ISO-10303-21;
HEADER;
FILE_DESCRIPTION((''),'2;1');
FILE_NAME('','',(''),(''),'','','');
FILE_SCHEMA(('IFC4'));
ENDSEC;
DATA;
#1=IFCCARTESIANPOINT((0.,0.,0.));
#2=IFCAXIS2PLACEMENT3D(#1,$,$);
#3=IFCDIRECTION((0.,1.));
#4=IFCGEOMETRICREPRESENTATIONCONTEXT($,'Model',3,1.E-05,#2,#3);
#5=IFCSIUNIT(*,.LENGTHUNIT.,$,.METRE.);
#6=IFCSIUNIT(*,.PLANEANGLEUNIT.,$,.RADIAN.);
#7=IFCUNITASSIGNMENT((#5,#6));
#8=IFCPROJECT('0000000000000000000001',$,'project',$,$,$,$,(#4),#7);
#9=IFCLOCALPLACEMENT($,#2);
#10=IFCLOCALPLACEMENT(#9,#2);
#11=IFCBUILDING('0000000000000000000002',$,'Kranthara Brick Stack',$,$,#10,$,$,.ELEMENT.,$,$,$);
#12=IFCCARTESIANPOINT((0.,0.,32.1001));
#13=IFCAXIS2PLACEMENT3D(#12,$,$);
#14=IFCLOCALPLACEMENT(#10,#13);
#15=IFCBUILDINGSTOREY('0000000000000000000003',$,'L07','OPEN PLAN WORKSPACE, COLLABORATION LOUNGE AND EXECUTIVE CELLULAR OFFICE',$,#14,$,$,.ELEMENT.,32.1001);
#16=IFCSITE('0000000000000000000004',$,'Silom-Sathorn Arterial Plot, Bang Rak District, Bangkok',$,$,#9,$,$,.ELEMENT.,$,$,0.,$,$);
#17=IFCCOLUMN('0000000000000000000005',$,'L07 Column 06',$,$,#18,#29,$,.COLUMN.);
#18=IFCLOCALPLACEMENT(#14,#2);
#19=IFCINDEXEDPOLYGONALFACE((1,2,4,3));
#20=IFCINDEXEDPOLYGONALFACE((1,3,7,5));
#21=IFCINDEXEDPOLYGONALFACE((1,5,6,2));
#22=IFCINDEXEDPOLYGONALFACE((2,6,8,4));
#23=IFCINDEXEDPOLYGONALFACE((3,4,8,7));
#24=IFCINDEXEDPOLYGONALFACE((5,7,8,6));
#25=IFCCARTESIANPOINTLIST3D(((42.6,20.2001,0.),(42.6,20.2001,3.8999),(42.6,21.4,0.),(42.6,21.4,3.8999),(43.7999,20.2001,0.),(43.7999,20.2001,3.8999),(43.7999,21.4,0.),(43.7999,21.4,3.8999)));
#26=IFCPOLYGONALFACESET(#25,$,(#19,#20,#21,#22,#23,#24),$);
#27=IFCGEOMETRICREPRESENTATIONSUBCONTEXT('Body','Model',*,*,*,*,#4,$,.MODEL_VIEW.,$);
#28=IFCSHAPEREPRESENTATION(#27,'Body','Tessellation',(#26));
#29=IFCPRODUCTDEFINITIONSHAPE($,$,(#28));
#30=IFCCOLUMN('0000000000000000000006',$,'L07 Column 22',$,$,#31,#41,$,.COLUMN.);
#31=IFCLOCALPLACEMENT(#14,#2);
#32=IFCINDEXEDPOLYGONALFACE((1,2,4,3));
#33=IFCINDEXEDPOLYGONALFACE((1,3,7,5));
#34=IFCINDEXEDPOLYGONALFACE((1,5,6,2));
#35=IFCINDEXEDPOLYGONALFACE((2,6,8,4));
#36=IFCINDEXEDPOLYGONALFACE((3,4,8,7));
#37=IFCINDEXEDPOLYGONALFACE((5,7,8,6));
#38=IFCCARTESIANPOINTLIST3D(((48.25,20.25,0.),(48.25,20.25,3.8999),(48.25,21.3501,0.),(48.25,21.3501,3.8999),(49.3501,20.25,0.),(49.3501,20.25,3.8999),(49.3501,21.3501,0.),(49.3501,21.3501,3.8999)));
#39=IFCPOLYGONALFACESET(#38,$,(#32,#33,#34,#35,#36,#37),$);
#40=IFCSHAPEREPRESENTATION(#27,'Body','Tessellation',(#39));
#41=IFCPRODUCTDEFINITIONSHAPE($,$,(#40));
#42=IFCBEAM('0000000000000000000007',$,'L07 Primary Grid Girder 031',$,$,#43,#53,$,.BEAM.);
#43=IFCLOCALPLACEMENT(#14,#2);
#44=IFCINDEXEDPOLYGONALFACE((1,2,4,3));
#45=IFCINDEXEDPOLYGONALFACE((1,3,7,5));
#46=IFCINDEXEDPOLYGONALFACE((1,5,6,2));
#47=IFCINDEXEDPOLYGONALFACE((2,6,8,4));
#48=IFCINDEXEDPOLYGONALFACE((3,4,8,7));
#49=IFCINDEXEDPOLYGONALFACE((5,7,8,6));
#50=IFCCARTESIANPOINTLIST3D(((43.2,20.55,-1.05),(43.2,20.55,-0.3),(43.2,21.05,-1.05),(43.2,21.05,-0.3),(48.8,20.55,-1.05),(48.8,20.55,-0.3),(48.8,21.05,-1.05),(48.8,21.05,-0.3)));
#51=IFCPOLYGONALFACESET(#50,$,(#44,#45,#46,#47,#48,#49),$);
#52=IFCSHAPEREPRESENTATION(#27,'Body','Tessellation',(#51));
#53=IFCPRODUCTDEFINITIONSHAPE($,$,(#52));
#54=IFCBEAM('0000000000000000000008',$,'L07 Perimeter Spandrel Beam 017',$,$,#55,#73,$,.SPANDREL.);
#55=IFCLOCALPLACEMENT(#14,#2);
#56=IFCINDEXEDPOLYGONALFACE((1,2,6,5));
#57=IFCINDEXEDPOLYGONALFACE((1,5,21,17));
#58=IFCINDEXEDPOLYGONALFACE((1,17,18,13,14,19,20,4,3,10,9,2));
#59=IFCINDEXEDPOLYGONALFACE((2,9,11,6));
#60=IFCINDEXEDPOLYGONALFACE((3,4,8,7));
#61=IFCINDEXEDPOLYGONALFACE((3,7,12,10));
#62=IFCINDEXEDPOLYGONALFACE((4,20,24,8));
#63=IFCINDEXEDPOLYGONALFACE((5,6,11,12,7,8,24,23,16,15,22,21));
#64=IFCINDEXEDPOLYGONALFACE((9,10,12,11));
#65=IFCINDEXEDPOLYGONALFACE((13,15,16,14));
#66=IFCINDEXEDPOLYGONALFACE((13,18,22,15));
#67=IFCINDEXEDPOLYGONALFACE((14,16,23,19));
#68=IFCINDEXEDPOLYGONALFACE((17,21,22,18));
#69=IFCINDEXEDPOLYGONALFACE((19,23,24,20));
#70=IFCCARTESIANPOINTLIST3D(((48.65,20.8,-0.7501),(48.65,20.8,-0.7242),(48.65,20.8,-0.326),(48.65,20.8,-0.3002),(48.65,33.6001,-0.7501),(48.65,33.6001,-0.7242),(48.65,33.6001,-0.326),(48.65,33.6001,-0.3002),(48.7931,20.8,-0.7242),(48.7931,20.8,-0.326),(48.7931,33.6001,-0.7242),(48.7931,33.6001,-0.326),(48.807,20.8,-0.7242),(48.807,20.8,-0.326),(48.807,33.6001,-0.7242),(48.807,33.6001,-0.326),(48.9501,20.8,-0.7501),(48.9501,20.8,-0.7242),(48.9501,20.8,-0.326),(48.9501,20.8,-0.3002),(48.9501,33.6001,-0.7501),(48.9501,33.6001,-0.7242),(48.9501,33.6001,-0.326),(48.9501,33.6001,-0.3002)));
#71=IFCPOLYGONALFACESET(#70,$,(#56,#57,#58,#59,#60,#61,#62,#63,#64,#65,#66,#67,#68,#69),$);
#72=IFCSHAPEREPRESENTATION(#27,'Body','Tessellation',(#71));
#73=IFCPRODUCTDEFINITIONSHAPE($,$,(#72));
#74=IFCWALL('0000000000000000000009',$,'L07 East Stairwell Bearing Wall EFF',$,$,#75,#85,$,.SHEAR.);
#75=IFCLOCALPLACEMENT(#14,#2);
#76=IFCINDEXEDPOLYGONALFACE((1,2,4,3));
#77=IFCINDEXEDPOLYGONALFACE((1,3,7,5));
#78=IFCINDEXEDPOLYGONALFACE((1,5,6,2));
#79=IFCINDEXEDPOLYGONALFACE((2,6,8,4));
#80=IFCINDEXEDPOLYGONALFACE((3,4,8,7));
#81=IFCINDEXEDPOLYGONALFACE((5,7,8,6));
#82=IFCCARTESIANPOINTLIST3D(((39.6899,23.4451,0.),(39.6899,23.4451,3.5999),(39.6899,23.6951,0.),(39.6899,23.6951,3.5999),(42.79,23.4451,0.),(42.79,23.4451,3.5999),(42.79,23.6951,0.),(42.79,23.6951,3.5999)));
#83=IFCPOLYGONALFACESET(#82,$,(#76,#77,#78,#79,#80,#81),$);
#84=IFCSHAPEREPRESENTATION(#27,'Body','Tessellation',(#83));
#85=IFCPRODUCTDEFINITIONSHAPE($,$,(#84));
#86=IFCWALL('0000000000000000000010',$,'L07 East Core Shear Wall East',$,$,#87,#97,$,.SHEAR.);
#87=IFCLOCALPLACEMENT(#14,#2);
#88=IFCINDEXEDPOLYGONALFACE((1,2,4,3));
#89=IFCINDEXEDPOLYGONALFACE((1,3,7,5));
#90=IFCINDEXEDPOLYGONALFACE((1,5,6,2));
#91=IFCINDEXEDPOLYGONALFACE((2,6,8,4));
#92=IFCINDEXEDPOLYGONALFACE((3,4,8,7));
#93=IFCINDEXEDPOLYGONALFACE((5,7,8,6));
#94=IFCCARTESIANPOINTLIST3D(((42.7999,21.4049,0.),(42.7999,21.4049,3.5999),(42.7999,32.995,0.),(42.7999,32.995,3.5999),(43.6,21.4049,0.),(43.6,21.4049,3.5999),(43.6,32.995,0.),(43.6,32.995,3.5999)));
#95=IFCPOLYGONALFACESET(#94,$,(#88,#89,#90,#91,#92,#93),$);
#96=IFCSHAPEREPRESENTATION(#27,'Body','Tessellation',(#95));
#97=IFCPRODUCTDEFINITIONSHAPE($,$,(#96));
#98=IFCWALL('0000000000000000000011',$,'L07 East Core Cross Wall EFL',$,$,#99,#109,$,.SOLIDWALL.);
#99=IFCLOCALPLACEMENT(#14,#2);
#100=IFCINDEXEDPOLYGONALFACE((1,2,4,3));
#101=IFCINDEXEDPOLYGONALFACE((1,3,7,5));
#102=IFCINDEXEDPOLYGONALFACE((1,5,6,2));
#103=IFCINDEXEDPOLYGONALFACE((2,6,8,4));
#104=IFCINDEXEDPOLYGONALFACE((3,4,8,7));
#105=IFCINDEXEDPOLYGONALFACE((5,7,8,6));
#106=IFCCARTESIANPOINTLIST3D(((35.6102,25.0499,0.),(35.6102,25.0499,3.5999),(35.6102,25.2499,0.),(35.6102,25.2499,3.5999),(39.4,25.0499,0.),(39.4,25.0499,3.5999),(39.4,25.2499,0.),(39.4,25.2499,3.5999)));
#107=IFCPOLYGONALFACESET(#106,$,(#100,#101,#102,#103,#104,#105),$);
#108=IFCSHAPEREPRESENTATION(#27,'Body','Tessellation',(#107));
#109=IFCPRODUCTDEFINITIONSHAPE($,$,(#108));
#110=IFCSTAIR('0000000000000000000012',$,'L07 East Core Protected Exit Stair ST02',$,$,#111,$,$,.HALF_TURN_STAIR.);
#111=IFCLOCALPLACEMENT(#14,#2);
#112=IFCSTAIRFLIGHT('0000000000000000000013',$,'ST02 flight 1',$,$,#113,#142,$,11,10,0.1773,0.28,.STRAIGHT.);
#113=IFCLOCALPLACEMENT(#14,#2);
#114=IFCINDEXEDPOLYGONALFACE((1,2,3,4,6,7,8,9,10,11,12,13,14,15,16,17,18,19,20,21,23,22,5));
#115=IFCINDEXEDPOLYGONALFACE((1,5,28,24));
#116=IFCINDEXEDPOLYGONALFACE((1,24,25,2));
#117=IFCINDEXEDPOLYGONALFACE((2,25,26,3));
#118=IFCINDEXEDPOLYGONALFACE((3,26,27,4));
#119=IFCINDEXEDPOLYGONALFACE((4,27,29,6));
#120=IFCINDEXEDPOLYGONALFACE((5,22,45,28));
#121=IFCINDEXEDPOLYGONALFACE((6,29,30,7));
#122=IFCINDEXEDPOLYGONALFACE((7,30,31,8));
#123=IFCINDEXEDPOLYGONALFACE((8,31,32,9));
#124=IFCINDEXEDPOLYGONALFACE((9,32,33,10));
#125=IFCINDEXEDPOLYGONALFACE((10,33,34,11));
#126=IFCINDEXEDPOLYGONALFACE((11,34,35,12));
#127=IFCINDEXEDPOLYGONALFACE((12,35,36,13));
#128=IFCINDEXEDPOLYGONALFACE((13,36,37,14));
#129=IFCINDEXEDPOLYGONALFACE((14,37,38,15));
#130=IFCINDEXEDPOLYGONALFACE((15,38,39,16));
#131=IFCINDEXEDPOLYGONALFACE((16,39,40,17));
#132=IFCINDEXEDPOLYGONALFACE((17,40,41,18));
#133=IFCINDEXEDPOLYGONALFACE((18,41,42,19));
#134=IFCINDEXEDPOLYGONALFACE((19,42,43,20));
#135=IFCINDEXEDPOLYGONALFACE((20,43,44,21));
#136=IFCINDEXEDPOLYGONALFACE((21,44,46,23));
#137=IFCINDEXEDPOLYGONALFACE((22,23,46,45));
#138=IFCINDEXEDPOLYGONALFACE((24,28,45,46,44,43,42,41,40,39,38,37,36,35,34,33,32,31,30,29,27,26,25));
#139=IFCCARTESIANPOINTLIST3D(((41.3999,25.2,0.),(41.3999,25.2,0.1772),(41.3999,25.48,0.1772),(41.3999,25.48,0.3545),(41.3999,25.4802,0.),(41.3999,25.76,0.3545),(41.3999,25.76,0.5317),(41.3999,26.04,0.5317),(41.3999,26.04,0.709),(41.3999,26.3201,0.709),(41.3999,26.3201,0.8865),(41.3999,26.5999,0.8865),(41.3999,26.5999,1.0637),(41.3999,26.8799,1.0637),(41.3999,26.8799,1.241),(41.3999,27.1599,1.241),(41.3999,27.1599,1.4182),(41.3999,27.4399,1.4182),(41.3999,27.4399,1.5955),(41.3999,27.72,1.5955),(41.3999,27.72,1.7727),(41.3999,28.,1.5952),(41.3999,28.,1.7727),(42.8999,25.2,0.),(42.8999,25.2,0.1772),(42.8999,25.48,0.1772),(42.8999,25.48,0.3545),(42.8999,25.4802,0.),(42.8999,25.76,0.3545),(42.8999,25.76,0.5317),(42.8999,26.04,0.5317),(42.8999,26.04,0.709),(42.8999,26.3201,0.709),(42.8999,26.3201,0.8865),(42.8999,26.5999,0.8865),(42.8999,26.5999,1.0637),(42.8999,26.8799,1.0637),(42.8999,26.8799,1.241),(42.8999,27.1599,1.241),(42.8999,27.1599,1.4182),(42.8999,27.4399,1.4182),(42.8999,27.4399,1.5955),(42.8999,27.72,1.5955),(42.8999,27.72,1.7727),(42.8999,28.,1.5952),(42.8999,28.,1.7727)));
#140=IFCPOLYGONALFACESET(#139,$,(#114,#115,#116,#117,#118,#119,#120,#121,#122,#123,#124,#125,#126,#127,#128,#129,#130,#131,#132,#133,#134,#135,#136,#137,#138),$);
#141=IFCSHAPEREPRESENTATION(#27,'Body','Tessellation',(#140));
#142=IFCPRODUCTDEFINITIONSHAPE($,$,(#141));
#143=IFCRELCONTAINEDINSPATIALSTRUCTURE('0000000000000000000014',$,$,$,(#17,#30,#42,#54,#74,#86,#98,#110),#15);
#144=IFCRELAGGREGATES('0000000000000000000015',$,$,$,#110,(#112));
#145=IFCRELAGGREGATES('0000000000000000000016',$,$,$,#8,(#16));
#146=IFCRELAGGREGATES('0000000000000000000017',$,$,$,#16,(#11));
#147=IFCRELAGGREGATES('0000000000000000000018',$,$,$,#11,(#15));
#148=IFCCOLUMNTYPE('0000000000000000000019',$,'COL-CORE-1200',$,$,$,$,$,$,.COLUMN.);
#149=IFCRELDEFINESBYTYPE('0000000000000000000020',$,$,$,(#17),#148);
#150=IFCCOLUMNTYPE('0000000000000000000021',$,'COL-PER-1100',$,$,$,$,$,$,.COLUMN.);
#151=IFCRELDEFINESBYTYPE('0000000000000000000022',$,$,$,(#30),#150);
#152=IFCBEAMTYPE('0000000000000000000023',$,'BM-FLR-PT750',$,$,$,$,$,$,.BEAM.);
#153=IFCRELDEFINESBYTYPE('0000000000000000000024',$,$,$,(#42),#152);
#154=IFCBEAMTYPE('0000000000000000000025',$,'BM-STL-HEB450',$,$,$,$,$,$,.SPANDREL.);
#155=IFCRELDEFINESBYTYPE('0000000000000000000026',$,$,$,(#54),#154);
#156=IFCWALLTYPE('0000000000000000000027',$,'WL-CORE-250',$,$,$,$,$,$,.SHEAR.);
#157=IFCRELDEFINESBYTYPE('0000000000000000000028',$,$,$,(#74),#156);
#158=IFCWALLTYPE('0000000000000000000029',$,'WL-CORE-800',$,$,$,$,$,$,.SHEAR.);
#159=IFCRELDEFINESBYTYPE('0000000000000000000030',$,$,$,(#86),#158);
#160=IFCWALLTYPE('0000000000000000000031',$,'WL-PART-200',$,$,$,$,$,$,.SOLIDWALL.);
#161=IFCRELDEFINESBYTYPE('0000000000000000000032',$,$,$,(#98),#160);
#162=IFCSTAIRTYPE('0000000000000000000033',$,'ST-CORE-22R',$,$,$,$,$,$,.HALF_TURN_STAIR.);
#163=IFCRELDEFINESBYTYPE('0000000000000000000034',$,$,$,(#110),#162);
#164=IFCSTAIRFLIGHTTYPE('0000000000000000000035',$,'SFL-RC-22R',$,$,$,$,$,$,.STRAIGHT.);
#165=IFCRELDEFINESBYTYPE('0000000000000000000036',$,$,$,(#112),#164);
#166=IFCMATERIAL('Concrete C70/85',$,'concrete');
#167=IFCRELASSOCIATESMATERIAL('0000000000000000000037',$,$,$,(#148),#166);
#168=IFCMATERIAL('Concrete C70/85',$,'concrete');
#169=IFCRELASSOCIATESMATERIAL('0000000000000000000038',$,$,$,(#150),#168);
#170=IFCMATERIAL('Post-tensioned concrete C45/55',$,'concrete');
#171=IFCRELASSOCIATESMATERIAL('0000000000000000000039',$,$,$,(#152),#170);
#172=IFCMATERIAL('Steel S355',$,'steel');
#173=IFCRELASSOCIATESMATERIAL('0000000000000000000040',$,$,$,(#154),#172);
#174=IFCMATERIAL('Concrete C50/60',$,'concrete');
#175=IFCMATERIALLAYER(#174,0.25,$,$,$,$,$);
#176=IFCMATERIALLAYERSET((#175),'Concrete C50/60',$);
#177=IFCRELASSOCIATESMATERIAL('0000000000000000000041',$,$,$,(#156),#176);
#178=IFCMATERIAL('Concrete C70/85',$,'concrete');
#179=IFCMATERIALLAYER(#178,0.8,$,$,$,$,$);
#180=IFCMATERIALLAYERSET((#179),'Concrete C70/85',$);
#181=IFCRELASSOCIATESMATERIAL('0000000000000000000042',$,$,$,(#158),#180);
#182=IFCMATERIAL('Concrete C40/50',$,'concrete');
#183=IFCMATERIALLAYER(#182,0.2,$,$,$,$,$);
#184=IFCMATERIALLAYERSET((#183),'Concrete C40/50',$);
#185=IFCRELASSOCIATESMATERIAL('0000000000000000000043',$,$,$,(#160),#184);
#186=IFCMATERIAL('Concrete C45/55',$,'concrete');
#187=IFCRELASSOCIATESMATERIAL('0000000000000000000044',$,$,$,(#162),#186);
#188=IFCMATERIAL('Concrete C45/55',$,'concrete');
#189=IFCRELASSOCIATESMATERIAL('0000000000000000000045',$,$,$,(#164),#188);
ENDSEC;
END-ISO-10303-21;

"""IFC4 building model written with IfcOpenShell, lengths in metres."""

from ifc_helpers import new_model, si_unit, direction, frame, frame_2d, origin, origin_2d, place, context, subcontext, project, spatial, polyline, rectangle, i_section, outline, extrude, material, layer, layer_set, material_profile, profile_set, type_object, element, aggregate, save


model = new_model("IFC4")

# Units and contexts
model_context = context("Model", 3, precision=1e-05, world=origin(), true_north=direction((0.0, 1.0)))
body_context = subcontext(model_context, "Body", "Model", "MODEL_VIEW")
ifc_project = project(units=[si_unit("LENGTHUNIT", "METRE"), si_unit("PLANEANGLEUNIT", "RADIAN")], contexts=[model_context])

# Site, building, storey
site_placement = place(None, origin())
site = spatial("IfcSite", under=ifc_project, at=site_placement, Name="Silom-Sathorn Arterial Plot, Bang Rak District, Bangkok", CompositionType="ELEMENT", RefElevation=0.0)
building_placement = place(site_placement, origin())
building = spatial("IfcBuilding", under=site, at=building_placement, Name="Kranthara Brick Stack", CompositionType="ELEMENT")
storey_placement = place(building_placement, frame((0.0, 0.0, 32.1001)))
storey = spatial("IfcBuildingStorey", under=building, at=storey_placement, Name="L07", Description="OPEN PLAN WORKSPACE, COLLABORATION LOUNGE AND EXECUTIVE CELLULAR OFFICE", CompositionType="ELEMENT", Elevation=32.1001)

# Columns
ifc_material_1 = material(Name="Concrete C70/85", Category="concrete")
ifc_material_profile_1 = material_profile(ifc_material_1, rectangle(XDim=1.2, YDim=1.2, at=origin_2d()), Name="RC 1200x1200")
ifc_profile_set_1 = profile_set([ifc_material_profile_1], Name="Concrete C70/85")
column_type_1 = type_object("IfcColumnType", Name="COL-CORE-1200", PredefinedType="COLUMN", material=ifc_profile_set_1)
column_1_placement = place(storey_placement, frame((43.2, 20.8, 0.0), z_axis=(0.0, 0.0, 1.0), x_axis=(1.0, 0.0, 0.0)))
element("IfcColumn", 1, at=column_1_placement, inside=storey, type_object=column_type_1, Name="L07 Column 06", PredefinedType="COLUMN", context=body_context, shape_type="SweptSolid", body=[
    extrude(rectangle(XDim=1.2, YDim=1.2, at=origin_2d()), origin(), (0.0, 0.0, 1.0), 3.8999),
])
ifc_material_2 = material(Name="Concrete C70/85", Category="concrete")
ifc_material_profile_2 = material_profile(ifc_material_2, rectangle(XDim=1.1001, YDim=1.1001, at=origin_2d()), Name="RC 1100x1100")
ifc_profile_set_2 = profile_set([ifc_material_profile_2], Name="Concrete C70/85")
column_type_2 = type_object("IfcColumnType", Name="COL-PER-1100", PredefinedType="COLUMN", material=ifc_profile_set_2)
column_2_placement = place(storey_placement, frame((48.8, 20.8, 0.0), z_axis=(0.0, 0.0, 1.0), x_axis=(1.0, 0.0, 0.0)))
element("IfcColumn", 2, at=column_2_placement, inside=storey, type_object=column_type_2, Name="L07 Column 22", PredefinedType="COLUMN", context=body_context, shape_type="SweptSolid", body=[
    extrude(rectangle(XDim=1.1001, YDim=1.1001, at=origin_2d()), origin(), (0.0, 0.0, 1.0), 3.8999),
])

# Beams
ifc_material_3 = material(Name="Post-tensioned concrete C45/55", Category="concrete")
ifc_material_profile_3 = material_profile(ifc_material_3, rectangle(XDim=0.5, YDim=0.75, at=origin_2d()), Name="PT 500x750")
ifc_profile_set_3 = profile_set([ifc_material_profile_3], Name="Post-tensioned concrete C45/55")
beam_type_1 = type_object("IfcBeamType", Name="BM-FLR-PT750", PredefinedType="BEAM", material=ifc_profile_set_3)
beam_1_placement = place(storey_placement, frame((43.2, 20.8, -0.675), z_axis=(1.0, 0.0, 0.0), x_axis=(0.0, 1.0, 0.0)))
element("IfcBeam", 3, at=beam_1_placement, inside=storey, type_object=beam_type_1, Name="L07 Primary Grid Girder 031", PredefinedType="BEAM", context=body_context, shape_type="SweptSolid", body=[
    extrude(rectangle(XDim=0.5, YDim=0.75, at=origin_2d()), origin(), (0.0, 0.0, 1.0), 5.6001),
])
ifc_material_4 = material(Name="Steel S355", Category="steel")
ifc_material_profile_4 = material_profile(ifc_material_4, i_section(OverallWidth=0.3, OverallDepth=0.45, WebThickness=0.0139, FlangeThickness=0.0259, at=origin_2d()), Name="HEB 450")
ifc_profile_set_4 = profile_set([ifc_material_profile_4], Name="Steel S355")
beam_type_2 = type_object("IfcBeamType", Name="BM-STL-HEB450", PredefinedType="SPANDREL", material=ifc_profile_set_4)
beam_2_placement = place(storey_placement, frame((48.8, 20.8, -0.5251), z_axis=(0.0, 1.0, 0.0), x_axis=(-1.0, 0.0, 0.0)))
element("IfcBeam", 4, at=beam_2_placement, inside=storey, type_object=beam_type_2, Name="L07 Perimeter Spandrel Beam 017", PredefinedType="SPANDREL", context=body_context, shape_type="SweptSolid", body=[
    extrude(i_section(OverallWidth=0.3, OverallDepth=0.45, WebThickness=0.0139, FlangeThickness=0.0259, at=origin_2d()), origin(), (0.0, 0.0, 1.0), 12.8),
])

# Shared definitions
ifc_material_5 = material(Name="Concrete C50/60", Category="concrete")
ifc_layer_1 = layer(ifc_material_5, 0.25)
ifc_layer_set_1 = layer_set([ifc_layer_1], Name="Concrete C50/60")
wall_type_1 = type_object("IfcWallType", Name="WL-CORE-250", PredefinedType="SHEAR", material=ifc_layer_set_1)

# Walls
wall_1_placement = place(storey_placement, frame((39.6899, 23.5701, 0.0), z_axis=(0.0, 0.0, 1.0), x_axis=(1.0, 0.0, 0.0)))
element("IfcWall", 5, at=wall_1_placement, inside=storey, type_object=wall_type_1, Name="L07 East Stairwell Bearing Wall EFF", PredefinedType="SHEAR", context=body_context, shape_type="SweptSolid", body=[
    extrude(rectangle(XDim=3.1001, YDim=0.25, at=frame_2d((1.55, 0.0))), origin(), (0.0, 0.0, 1.0), 3.5999),
])
ifc_material_6 = material(Name="Concrete C70/85", Category="concrete")
ifc_layer_2 = layer(ifc_material_6, 0.8)
ifc_layer_set_2 = layer_set([ifc_layer_2], Name="Concrete C70/85")
wall_type_2 = type_object("IfcWallType", Name="WL-CORE-800", PredefinedType="SHEAR", material=ifc_layer_set_2)
wall_2_placement = place(storey_placement, frame((43.2, 21.405, 0.0), z_axis=(0.0, 0.0, 1.0), x_axis=(0.0, 1.0, 0.0)))
element("IfcWall", 6, at=wall_2_placement, inside=storey, type_object=wall_type_2, Name="L07 East Core Shear Wall East", PredefinedType="SHEAR", context=body_context, shape_type="SweptSolid", body=[
    extrude(rectangle(XDim=11.5901, YDim=0.8, at=frame_2d((5.7949, 0.0))), origin(), (0.0, 0.0, 1.0), 3.5999),
])

# Wall
ifc_material_7 = material(Name="Concrete C40/50", Category="concrete")
ifc_layer_3 = layer(ifc_material_7, 0.2)
ifc_layer_set_3 = layer_set([ifc_layer_3], Name="Concrete C40/50")
wall_type_3 = type_object("IfcWallType", Name="WL-PART-200", PredefinedType="SOLIDWALL", material=ifc_layer_set_3)
wall_3_placement = place(storey_placement, frame((35.6101, 25.1499, 0.0), z_axis=(0.0, 0.0, 1.0), x_axis=(1.0, 0.0, 0.0)))
element("IfcWall", 7, at=wall_3_placement, inside=storey, type_object=wall_type_3, Name="L07 East Core Cross Wall EFL", PredefinedType="SOLIDWALL", context=body_context, shape_type="SweptSolid", body=[
    extrude(rectangle(XDim=3.7898, YDim=0.2, at=frame_2d((1.895, 0.0))), origin(), (0.0, 0.0, 1.0), 3.5999),
])

# Stair, stair flight
ifc_material_8 = material(Name="Concrete C45/55", Category="concrete")
stair_type = type_object("IfcStairType", Name="ST-CORE-22R", PredefinedType="HALF_TURN_STAIR", material=ifc_material_8)
stair_placement = place(storey_placement, origin())
stair = element("IfcStair", 8, at=stair_placement, inside=storey, type_object=stair_type, Name="L07 East Core Protected Exit Stair ST02", PredefinedType="HALF_TURN_STAIR")
ifc_material_9 = material(Name="Concrete C45/55", Category="concrete")
stair_flight_type = type_object("IfcStairFlightType", Name="SFL-RC-22R", PredefinedType="STRAIGHT", material=ifc_material_9)
stair_flight_placement = place(storey_placement, frame((42.1499, 25.2, 0.0), z_axis=(0.0, 0.0, 1.0), x_axis=(0.0, 1.0, 0.0)))
stair_flight = element("IfcStairFlight", 9, at=stair_flight_placement, type_object=stair_flight_type, Name="ST02 flight 1", NumberOfRisers=11, NumberOfTreads=10, PredefinedType="STRAIGHT", RiserHeight=0.1773, TreadLength=0.28, context=body_context, shape_type="SweptSolid", body=[
    extrude(outline(polyline([(0.0, 0.0), (0.0, 0.1772), (0.28, 0.1772), (0.28, 0.3545), (0.5601, 0.3545), (0.5601, 0.5317), (0.8401, 0.5317), (0.8401, 0.709), (1.1201, 0.709), (1.1201, 0.8865), (1.3999, 0.8865), (1.3999, 1.0637), (1.6799, 1.0637), (1.6799, 1.241), (1.96, 1.241), (1.96, 1.4182), (2.24, 1.4182), (2.24, 1.5955), (2.52, 1.5955), (2.52, 1.7727), (2.8, 1.7727), (2.8, 1.95), (2.8, 1.5952), (0.2803, 0.0), (0.0, 0.0)])), frame((0.0, 0.75, 0.0), z_axis=(0.0, -1.0, 0.0), x_axis=(1.0, 0.0, 0.0)), (0.0, 0.0, 1.0), 1.5),
])
aggregate(stair, [stair_flight])

save(model, "model.ifc")
